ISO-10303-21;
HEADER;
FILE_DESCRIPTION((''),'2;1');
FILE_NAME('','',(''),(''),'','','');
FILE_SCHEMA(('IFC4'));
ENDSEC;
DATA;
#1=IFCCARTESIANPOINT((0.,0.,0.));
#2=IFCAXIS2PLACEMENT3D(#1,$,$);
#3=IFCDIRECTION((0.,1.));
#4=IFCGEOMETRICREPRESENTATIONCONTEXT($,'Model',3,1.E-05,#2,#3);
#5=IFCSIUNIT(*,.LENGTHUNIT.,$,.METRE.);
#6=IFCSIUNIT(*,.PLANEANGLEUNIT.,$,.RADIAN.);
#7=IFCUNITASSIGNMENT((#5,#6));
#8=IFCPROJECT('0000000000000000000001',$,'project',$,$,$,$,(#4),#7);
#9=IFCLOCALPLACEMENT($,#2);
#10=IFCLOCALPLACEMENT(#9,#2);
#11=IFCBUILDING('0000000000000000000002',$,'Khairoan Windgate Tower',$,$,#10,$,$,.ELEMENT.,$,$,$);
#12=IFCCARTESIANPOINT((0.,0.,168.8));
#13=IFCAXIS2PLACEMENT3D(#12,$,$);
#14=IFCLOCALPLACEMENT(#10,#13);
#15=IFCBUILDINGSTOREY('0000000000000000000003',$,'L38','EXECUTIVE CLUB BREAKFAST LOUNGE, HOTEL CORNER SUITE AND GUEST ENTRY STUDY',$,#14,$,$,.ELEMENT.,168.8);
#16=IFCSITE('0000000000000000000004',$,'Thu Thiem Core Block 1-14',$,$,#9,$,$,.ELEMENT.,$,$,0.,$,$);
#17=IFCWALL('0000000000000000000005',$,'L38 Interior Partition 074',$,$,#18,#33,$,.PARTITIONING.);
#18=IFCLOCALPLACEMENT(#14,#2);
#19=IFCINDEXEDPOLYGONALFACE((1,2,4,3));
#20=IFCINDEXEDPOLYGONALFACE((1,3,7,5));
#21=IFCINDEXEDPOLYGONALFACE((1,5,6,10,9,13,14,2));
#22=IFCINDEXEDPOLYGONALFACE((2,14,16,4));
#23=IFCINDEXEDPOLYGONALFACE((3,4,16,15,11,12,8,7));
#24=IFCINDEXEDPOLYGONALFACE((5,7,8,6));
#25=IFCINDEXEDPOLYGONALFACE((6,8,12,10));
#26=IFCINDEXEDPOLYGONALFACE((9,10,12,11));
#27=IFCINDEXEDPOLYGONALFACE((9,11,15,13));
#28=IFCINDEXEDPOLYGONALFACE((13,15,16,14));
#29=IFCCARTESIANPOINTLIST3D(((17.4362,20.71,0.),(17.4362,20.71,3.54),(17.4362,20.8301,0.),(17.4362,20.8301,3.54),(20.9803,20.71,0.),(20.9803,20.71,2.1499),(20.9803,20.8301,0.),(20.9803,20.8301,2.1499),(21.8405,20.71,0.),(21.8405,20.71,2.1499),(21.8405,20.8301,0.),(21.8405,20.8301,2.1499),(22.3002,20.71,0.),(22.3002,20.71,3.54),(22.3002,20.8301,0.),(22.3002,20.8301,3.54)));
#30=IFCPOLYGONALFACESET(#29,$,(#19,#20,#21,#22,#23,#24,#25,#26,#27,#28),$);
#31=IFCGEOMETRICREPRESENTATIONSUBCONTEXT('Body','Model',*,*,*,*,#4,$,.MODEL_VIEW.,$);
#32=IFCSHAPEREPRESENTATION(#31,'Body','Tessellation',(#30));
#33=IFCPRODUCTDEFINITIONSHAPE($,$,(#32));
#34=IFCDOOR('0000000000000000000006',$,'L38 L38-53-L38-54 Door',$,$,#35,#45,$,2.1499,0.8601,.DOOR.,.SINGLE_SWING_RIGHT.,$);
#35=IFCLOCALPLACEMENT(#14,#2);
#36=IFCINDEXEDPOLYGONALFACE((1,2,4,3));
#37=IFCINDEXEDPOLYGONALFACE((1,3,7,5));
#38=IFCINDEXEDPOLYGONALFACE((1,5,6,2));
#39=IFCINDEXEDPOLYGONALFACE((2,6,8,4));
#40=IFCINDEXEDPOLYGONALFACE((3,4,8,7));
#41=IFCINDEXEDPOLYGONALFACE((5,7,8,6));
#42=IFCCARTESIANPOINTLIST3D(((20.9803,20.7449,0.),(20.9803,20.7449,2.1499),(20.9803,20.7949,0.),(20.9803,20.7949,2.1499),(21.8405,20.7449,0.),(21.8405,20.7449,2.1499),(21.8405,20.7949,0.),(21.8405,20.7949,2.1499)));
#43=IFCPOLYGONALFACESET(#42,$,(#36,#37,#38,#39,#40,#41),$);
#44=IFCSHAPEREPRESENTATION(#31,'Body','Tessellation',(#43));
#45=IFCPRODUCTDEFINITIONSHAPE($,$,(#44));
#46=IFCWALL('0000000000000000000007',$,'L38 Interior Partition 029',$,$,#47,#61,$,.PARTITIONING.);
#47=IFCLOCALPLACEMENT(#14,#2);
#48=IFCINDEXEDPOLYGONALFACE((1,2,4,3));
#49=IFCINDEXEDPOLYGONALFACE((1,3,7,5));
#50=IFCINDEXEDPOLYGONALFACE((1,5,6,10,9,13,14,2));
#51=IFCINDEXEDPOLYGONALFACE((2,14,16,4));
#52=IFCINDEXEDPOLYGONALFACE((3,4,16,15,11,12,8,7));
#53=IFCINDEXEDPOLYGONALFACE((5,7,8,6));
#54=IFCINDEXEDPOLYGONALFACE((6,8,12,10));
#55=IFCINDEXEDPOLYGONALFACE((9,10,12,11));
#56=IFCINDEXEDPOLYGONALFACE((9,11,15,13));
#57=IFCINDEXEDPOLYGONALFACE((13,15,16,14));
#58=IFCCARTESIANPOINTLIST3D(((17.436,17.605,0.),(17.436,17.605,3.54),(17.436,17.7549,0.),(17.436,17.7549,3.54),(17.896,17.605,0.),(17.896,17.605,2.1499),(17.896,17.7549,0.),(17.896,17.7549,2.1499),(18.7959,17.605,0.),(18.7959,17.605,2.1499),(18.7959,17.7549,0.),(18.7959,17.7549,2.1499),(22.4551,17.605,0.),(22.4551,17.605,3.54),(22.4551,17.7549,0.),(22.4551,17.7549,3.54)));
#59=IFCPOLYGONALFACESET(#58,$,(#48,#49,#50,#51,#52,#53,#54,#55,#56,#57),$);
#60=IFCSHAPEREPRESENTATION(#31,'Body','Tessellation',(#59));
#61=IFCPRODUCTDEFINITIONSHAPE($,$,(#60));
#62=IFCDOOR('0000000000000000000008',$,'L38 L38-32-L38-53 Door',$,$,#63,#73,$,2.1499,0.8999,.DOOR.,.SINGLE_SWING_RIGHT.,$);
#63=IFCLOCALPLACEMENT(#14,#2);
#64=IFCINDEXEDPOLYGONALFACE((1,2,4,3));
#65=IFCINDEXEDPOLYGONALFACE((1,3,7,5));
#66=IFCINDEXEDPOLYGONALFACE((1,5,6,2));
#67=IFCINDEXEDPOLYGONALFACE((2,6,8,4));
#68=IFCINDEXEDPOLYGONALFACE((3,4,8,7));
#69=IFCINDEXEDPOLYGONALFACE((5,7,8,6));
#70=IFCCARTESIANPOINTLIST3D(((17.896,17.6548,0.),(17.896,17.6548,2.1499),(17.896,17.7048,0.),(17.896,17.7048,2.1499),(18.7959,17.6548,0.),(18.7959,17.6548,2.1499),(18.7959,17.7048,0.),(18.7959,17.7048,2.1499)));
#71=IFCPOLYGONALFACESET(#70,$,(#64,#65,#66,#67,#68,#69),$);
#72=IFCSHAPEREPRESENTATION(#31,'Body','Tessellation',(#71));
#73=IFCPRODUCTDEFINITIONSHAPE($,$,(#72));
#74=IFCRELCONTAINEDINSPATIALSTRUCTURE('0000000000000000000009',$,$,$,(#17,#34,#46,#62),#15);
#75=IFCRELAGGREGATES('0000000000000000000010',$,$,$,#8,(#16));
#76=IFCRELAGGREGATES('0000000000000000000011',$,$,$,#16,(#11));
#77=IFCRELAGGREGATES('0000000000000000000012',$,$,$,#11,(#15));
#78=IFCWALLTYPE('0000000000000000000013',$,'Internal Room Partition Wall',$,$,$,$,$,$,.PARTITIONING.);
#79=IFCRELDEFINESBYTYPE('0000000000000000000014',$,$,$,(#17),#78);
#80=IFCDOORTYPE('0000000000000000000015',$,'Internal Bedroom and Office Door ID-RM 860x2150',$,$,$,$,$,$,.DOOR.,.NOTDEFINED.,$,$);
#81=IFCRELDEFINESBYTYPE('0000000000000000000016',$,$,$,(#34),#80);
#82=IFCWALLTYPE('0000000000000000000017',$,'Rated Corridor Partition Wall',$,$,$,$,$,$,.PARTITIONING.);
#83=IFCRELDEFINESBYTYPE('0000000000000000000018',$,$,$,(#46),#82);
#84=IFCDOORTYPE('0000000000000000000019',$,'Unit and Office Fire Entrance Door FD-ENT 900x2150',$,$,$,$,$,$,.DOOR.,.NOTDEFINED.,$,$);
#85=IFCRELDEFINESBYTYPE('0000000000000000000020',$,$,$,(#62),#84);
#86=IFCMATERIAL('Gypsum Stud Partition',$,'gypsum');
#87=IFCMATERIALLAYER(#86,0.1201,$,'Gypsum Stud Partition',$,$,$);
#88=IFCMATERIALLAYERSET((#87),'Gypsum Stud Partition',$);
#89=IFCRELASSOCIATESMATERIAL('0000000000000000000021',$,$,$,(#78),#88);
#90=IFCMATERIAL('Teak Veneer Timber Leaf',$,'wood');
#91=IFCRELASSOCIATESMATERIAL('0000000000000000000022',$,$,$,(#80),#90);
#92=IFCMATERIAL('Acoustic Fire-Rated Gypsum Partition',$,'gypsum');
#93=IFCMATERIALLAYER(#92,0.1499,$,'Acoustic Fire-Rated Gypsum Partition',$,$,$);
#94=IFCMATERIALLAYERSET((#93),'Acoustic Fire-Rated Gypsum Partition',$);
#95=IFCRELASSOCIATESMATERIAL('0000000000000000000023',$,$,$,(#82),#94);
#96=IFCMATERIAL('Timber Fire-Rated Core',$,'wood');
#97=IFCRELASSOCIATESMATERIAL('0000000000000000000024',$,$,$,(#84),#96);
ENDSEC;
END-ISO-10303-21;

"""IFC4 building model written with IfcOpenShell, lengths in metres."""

from ifc_helpers import new_model, si_unit, direction, frame, frame_2d, origin, place, context, subcontext, project, spatial, rectangle, extrude, material, layer, layer_set, type_object, element, fill, save


model = new_model("IFC4")

# Units and contexts
model_context = context("Model", 3, precision=1e-05, world=origin(), true_north=direction((0.0, 1.0)))
body_context = subcontext(model_context, "Body", "Model", "MODEL_VIEW")
ifc_project = project(units=[si_unit("LENGTHUNIT", "METRE"), si_unit("PLANEANGLEUNIT", "RADIAN")], contexts=[model_context])

# Site, building, storey
site_placement = place(None, origin())
site = spatial("IfcSite", under=ifc_project, at=site_placement, Name="Thu Thiem Core Block 1-14", CompositionType="ELEMENT", RefElevation=0.0)
building_placement = place(site_placement, origin())
building = spatial("IfcBuilding", under=site, at=building_placement, Name="Khairoan Windgate Tower", CompositionType="ELEMENT")
storey_placement = place(building_placement, frame((0.0, 0.0, 168.8)))
storey = spatial("IfcBuildingStorey", under=building, at=storey_placement, Name="L38", Description="EXECUTIVE CLUB BREAKFAST LOUNGE, HOTEL CORNER SUITE AND GUEST ENTRY STUDY", CompositionType="ELEMENT", Elevation=168.8)

# Wall, opening, door
ifc_material_1 = material(Name="Gypsum Stud Partition", Category="gypsum")
ifc_layer_1 = layer(ifc_material_1, 0.1201, Name="Gypsum Stud Partition")
ifc_layer_set_1 = layer_set([ifc_layer_1], Name="Gypsum Stud Partition")
wall_type_1 = type_object("IfcWallType", Name="Internal Room Partition Wall", PredefinedType="PARTITIONING", material=ifc_layer_set_1)
wall_1_placement = place(storey_placement, frame((17.436, 20.77, 0.0), z_axis=(0.0, 0.0, 1.0), x_axis=(1.0, 0.0, 0.0)))
wall_1 = element("IfcWall", 1, at=wall_1_placement, inside=storey, type_object=wall_type_1, Name="L38 Interior Partition 074", PredefinedType="PARTITIONING", context=body_context, shape_type="SweptSolid", body=[
    extrude(rectangle(XDim=4.864, YDim=0.1201, at=frame_2d((2.4321, 0.0))), origin(), (0.0, 0.0, 1.0), 3.54),
])
opening_1_placement = place(wall_1_placement, frame((3.5442, 0.0, 0.0)))
opening_1 = element("IfcOpeningElement", 2, at=opening_1_placement, cuts=wall_1, PredefinedType="OPENING", context=body_context, shape_type="SweptSolid", body=[
    extrude(rectangle(XDim=0.8601, YDim=2.1499, at=frame_2d((0.4302, 1.075))), frame((0.0, 0.0701, 0.0), z_axis=(0.0, -1.0, 0.0), x_axis=(1.0, 0.0, 0.0)), (0.0, 0.0, 1.0), 0.1401),
])
ifc_material_2 = material(Name="Teak Veneer Timber Leaf", Category="wood")
door_type_1 = type_object("IfcDoorType", Name="Internal Bedroom and Office Door ID-RM 860x2150", OperationType="NOTDEFINED", PredefinedType="DOOR", material=ifc_material_2)
door_1_placement = place(opening_1_placement, origin())
door_1 = element("IfcDoor", 3, at=door_1_placement, inside=storey, type_object=door_type_1, Name="L38 L38-53-L38-54 Door", OperationType="SINGLE_SWING_RIGHT", OverallHeight=2.1499, OverallWidth=0.8601, PredefinedType="DOOR", context=body_context, shape_type="SweptSolid", body=[
    extrude(rectangle(XDim=0.8601, YDim=2.1499, at=frame_2d((0.4302, 1.075))), frame((0.0, 0.0249, 0.0), z_axis=(0.0, -1.0, 0.0), x_axis=(1.0, 0.0, 0.0)), (0.0, 0.0, 1.0), 0.05),
])
fill(opening_1, door_1)

# Wall, opening, door
ifc_material_3 = material(Name="Acoustic Fire-Rated Gypsum Partition", Category="gypsum")
ifc_layer_2 = layer(ifc_material_3, 0.1499, Name="Acoustic Fire-Rated Gypsum Partition")
ifc_layer_set_2 = layer_set([ifc_layer_2], Name="Acoustic Fire-Rated Gypsum Partition")
wall_type_2 = type_object("IfcWallType", Name="Rated Corridor Partition Wall", PredefinedType="PARTITIONING", material=ifc_layer_set_2)
wall_2_placement = place(storey_placement, frame((17.436, 17.6799, 0.0), z_axis=(0.0, 0.0, 1.0), x_axis=(1.0, 0.0, 0.0)))
wall_2 = element("IfcWall", 4, at=wall_2_placement, inside=storey, type_object=wall_type_2, Name="L38 Interior Partition 029", PredefinedType="PARTITIONING", context=body_context, shape_type="SweptSolid", body=[
    extrude(rectangle(XDim=5.019, YDim=0.1499, at=frame_2d((2.5095, 0.0))), origin(), (0.0, 0.0, 1.0), 3.54),
])
opening_2_placement = place(wall_2_placement, frame((0.46, 0.0, 0.0)))
opening_2 = element("IfcOpeningElement", 5, at=opening_2_placement, cuts=wall_2, PredefinedType="OPENING", context=body_context, shape_type="SweptSolid", body=[
    extrude(rectangle(XDim=0.8999, YDim=2.1499, at=frame_2d((0.45, 1.075))), frame((0.0, 0.085, 0.0), z_axis=(0.0, -1.0, 0.0), x_axis=(1.0, 0.0, 0.0)), (0.0, 0.0, 1.0), 0.1699),
])
ifc_material_4 = material(Name="Timber Fire-Rated Core", Category="wood")
door_type_2 = type_object("IfcDoorType", Name="Unit and Office Fire Entrance Door FD-ENT 900x2150", OperationType="NOTDEFINED", PredefinedType="DOOR", material=ifc_material_4)
door_2_placement = place(opening_2_placement, origin())
door_2 = element("IfcDoor", 6, at=door_2_placement, inside=storey, type_object=door_type_2, Name="L38 L38-32-L38-53 Door", OperationType="SINGLE_SWING_RIGHT", OverallHeight=2.1499, OverallWidth=0.8999, PredefinedType="DOOR", context=body_context, shape_type="SweptSolid", body=[
    extrude(rectangle(XDim=0.8999, YDim=2.1499, at=frame_2d((0.45, 1.075))), frame((0.0, 0.0249, 0.0), z_axis=(0.0, -1.0, 0.0), x_axis=(1.0, 0.0, 0.0)), (0.0, 0.0, 1.0), 0.05),
])
fill(opening_2, door_2)

save(model, "model.ifc")
